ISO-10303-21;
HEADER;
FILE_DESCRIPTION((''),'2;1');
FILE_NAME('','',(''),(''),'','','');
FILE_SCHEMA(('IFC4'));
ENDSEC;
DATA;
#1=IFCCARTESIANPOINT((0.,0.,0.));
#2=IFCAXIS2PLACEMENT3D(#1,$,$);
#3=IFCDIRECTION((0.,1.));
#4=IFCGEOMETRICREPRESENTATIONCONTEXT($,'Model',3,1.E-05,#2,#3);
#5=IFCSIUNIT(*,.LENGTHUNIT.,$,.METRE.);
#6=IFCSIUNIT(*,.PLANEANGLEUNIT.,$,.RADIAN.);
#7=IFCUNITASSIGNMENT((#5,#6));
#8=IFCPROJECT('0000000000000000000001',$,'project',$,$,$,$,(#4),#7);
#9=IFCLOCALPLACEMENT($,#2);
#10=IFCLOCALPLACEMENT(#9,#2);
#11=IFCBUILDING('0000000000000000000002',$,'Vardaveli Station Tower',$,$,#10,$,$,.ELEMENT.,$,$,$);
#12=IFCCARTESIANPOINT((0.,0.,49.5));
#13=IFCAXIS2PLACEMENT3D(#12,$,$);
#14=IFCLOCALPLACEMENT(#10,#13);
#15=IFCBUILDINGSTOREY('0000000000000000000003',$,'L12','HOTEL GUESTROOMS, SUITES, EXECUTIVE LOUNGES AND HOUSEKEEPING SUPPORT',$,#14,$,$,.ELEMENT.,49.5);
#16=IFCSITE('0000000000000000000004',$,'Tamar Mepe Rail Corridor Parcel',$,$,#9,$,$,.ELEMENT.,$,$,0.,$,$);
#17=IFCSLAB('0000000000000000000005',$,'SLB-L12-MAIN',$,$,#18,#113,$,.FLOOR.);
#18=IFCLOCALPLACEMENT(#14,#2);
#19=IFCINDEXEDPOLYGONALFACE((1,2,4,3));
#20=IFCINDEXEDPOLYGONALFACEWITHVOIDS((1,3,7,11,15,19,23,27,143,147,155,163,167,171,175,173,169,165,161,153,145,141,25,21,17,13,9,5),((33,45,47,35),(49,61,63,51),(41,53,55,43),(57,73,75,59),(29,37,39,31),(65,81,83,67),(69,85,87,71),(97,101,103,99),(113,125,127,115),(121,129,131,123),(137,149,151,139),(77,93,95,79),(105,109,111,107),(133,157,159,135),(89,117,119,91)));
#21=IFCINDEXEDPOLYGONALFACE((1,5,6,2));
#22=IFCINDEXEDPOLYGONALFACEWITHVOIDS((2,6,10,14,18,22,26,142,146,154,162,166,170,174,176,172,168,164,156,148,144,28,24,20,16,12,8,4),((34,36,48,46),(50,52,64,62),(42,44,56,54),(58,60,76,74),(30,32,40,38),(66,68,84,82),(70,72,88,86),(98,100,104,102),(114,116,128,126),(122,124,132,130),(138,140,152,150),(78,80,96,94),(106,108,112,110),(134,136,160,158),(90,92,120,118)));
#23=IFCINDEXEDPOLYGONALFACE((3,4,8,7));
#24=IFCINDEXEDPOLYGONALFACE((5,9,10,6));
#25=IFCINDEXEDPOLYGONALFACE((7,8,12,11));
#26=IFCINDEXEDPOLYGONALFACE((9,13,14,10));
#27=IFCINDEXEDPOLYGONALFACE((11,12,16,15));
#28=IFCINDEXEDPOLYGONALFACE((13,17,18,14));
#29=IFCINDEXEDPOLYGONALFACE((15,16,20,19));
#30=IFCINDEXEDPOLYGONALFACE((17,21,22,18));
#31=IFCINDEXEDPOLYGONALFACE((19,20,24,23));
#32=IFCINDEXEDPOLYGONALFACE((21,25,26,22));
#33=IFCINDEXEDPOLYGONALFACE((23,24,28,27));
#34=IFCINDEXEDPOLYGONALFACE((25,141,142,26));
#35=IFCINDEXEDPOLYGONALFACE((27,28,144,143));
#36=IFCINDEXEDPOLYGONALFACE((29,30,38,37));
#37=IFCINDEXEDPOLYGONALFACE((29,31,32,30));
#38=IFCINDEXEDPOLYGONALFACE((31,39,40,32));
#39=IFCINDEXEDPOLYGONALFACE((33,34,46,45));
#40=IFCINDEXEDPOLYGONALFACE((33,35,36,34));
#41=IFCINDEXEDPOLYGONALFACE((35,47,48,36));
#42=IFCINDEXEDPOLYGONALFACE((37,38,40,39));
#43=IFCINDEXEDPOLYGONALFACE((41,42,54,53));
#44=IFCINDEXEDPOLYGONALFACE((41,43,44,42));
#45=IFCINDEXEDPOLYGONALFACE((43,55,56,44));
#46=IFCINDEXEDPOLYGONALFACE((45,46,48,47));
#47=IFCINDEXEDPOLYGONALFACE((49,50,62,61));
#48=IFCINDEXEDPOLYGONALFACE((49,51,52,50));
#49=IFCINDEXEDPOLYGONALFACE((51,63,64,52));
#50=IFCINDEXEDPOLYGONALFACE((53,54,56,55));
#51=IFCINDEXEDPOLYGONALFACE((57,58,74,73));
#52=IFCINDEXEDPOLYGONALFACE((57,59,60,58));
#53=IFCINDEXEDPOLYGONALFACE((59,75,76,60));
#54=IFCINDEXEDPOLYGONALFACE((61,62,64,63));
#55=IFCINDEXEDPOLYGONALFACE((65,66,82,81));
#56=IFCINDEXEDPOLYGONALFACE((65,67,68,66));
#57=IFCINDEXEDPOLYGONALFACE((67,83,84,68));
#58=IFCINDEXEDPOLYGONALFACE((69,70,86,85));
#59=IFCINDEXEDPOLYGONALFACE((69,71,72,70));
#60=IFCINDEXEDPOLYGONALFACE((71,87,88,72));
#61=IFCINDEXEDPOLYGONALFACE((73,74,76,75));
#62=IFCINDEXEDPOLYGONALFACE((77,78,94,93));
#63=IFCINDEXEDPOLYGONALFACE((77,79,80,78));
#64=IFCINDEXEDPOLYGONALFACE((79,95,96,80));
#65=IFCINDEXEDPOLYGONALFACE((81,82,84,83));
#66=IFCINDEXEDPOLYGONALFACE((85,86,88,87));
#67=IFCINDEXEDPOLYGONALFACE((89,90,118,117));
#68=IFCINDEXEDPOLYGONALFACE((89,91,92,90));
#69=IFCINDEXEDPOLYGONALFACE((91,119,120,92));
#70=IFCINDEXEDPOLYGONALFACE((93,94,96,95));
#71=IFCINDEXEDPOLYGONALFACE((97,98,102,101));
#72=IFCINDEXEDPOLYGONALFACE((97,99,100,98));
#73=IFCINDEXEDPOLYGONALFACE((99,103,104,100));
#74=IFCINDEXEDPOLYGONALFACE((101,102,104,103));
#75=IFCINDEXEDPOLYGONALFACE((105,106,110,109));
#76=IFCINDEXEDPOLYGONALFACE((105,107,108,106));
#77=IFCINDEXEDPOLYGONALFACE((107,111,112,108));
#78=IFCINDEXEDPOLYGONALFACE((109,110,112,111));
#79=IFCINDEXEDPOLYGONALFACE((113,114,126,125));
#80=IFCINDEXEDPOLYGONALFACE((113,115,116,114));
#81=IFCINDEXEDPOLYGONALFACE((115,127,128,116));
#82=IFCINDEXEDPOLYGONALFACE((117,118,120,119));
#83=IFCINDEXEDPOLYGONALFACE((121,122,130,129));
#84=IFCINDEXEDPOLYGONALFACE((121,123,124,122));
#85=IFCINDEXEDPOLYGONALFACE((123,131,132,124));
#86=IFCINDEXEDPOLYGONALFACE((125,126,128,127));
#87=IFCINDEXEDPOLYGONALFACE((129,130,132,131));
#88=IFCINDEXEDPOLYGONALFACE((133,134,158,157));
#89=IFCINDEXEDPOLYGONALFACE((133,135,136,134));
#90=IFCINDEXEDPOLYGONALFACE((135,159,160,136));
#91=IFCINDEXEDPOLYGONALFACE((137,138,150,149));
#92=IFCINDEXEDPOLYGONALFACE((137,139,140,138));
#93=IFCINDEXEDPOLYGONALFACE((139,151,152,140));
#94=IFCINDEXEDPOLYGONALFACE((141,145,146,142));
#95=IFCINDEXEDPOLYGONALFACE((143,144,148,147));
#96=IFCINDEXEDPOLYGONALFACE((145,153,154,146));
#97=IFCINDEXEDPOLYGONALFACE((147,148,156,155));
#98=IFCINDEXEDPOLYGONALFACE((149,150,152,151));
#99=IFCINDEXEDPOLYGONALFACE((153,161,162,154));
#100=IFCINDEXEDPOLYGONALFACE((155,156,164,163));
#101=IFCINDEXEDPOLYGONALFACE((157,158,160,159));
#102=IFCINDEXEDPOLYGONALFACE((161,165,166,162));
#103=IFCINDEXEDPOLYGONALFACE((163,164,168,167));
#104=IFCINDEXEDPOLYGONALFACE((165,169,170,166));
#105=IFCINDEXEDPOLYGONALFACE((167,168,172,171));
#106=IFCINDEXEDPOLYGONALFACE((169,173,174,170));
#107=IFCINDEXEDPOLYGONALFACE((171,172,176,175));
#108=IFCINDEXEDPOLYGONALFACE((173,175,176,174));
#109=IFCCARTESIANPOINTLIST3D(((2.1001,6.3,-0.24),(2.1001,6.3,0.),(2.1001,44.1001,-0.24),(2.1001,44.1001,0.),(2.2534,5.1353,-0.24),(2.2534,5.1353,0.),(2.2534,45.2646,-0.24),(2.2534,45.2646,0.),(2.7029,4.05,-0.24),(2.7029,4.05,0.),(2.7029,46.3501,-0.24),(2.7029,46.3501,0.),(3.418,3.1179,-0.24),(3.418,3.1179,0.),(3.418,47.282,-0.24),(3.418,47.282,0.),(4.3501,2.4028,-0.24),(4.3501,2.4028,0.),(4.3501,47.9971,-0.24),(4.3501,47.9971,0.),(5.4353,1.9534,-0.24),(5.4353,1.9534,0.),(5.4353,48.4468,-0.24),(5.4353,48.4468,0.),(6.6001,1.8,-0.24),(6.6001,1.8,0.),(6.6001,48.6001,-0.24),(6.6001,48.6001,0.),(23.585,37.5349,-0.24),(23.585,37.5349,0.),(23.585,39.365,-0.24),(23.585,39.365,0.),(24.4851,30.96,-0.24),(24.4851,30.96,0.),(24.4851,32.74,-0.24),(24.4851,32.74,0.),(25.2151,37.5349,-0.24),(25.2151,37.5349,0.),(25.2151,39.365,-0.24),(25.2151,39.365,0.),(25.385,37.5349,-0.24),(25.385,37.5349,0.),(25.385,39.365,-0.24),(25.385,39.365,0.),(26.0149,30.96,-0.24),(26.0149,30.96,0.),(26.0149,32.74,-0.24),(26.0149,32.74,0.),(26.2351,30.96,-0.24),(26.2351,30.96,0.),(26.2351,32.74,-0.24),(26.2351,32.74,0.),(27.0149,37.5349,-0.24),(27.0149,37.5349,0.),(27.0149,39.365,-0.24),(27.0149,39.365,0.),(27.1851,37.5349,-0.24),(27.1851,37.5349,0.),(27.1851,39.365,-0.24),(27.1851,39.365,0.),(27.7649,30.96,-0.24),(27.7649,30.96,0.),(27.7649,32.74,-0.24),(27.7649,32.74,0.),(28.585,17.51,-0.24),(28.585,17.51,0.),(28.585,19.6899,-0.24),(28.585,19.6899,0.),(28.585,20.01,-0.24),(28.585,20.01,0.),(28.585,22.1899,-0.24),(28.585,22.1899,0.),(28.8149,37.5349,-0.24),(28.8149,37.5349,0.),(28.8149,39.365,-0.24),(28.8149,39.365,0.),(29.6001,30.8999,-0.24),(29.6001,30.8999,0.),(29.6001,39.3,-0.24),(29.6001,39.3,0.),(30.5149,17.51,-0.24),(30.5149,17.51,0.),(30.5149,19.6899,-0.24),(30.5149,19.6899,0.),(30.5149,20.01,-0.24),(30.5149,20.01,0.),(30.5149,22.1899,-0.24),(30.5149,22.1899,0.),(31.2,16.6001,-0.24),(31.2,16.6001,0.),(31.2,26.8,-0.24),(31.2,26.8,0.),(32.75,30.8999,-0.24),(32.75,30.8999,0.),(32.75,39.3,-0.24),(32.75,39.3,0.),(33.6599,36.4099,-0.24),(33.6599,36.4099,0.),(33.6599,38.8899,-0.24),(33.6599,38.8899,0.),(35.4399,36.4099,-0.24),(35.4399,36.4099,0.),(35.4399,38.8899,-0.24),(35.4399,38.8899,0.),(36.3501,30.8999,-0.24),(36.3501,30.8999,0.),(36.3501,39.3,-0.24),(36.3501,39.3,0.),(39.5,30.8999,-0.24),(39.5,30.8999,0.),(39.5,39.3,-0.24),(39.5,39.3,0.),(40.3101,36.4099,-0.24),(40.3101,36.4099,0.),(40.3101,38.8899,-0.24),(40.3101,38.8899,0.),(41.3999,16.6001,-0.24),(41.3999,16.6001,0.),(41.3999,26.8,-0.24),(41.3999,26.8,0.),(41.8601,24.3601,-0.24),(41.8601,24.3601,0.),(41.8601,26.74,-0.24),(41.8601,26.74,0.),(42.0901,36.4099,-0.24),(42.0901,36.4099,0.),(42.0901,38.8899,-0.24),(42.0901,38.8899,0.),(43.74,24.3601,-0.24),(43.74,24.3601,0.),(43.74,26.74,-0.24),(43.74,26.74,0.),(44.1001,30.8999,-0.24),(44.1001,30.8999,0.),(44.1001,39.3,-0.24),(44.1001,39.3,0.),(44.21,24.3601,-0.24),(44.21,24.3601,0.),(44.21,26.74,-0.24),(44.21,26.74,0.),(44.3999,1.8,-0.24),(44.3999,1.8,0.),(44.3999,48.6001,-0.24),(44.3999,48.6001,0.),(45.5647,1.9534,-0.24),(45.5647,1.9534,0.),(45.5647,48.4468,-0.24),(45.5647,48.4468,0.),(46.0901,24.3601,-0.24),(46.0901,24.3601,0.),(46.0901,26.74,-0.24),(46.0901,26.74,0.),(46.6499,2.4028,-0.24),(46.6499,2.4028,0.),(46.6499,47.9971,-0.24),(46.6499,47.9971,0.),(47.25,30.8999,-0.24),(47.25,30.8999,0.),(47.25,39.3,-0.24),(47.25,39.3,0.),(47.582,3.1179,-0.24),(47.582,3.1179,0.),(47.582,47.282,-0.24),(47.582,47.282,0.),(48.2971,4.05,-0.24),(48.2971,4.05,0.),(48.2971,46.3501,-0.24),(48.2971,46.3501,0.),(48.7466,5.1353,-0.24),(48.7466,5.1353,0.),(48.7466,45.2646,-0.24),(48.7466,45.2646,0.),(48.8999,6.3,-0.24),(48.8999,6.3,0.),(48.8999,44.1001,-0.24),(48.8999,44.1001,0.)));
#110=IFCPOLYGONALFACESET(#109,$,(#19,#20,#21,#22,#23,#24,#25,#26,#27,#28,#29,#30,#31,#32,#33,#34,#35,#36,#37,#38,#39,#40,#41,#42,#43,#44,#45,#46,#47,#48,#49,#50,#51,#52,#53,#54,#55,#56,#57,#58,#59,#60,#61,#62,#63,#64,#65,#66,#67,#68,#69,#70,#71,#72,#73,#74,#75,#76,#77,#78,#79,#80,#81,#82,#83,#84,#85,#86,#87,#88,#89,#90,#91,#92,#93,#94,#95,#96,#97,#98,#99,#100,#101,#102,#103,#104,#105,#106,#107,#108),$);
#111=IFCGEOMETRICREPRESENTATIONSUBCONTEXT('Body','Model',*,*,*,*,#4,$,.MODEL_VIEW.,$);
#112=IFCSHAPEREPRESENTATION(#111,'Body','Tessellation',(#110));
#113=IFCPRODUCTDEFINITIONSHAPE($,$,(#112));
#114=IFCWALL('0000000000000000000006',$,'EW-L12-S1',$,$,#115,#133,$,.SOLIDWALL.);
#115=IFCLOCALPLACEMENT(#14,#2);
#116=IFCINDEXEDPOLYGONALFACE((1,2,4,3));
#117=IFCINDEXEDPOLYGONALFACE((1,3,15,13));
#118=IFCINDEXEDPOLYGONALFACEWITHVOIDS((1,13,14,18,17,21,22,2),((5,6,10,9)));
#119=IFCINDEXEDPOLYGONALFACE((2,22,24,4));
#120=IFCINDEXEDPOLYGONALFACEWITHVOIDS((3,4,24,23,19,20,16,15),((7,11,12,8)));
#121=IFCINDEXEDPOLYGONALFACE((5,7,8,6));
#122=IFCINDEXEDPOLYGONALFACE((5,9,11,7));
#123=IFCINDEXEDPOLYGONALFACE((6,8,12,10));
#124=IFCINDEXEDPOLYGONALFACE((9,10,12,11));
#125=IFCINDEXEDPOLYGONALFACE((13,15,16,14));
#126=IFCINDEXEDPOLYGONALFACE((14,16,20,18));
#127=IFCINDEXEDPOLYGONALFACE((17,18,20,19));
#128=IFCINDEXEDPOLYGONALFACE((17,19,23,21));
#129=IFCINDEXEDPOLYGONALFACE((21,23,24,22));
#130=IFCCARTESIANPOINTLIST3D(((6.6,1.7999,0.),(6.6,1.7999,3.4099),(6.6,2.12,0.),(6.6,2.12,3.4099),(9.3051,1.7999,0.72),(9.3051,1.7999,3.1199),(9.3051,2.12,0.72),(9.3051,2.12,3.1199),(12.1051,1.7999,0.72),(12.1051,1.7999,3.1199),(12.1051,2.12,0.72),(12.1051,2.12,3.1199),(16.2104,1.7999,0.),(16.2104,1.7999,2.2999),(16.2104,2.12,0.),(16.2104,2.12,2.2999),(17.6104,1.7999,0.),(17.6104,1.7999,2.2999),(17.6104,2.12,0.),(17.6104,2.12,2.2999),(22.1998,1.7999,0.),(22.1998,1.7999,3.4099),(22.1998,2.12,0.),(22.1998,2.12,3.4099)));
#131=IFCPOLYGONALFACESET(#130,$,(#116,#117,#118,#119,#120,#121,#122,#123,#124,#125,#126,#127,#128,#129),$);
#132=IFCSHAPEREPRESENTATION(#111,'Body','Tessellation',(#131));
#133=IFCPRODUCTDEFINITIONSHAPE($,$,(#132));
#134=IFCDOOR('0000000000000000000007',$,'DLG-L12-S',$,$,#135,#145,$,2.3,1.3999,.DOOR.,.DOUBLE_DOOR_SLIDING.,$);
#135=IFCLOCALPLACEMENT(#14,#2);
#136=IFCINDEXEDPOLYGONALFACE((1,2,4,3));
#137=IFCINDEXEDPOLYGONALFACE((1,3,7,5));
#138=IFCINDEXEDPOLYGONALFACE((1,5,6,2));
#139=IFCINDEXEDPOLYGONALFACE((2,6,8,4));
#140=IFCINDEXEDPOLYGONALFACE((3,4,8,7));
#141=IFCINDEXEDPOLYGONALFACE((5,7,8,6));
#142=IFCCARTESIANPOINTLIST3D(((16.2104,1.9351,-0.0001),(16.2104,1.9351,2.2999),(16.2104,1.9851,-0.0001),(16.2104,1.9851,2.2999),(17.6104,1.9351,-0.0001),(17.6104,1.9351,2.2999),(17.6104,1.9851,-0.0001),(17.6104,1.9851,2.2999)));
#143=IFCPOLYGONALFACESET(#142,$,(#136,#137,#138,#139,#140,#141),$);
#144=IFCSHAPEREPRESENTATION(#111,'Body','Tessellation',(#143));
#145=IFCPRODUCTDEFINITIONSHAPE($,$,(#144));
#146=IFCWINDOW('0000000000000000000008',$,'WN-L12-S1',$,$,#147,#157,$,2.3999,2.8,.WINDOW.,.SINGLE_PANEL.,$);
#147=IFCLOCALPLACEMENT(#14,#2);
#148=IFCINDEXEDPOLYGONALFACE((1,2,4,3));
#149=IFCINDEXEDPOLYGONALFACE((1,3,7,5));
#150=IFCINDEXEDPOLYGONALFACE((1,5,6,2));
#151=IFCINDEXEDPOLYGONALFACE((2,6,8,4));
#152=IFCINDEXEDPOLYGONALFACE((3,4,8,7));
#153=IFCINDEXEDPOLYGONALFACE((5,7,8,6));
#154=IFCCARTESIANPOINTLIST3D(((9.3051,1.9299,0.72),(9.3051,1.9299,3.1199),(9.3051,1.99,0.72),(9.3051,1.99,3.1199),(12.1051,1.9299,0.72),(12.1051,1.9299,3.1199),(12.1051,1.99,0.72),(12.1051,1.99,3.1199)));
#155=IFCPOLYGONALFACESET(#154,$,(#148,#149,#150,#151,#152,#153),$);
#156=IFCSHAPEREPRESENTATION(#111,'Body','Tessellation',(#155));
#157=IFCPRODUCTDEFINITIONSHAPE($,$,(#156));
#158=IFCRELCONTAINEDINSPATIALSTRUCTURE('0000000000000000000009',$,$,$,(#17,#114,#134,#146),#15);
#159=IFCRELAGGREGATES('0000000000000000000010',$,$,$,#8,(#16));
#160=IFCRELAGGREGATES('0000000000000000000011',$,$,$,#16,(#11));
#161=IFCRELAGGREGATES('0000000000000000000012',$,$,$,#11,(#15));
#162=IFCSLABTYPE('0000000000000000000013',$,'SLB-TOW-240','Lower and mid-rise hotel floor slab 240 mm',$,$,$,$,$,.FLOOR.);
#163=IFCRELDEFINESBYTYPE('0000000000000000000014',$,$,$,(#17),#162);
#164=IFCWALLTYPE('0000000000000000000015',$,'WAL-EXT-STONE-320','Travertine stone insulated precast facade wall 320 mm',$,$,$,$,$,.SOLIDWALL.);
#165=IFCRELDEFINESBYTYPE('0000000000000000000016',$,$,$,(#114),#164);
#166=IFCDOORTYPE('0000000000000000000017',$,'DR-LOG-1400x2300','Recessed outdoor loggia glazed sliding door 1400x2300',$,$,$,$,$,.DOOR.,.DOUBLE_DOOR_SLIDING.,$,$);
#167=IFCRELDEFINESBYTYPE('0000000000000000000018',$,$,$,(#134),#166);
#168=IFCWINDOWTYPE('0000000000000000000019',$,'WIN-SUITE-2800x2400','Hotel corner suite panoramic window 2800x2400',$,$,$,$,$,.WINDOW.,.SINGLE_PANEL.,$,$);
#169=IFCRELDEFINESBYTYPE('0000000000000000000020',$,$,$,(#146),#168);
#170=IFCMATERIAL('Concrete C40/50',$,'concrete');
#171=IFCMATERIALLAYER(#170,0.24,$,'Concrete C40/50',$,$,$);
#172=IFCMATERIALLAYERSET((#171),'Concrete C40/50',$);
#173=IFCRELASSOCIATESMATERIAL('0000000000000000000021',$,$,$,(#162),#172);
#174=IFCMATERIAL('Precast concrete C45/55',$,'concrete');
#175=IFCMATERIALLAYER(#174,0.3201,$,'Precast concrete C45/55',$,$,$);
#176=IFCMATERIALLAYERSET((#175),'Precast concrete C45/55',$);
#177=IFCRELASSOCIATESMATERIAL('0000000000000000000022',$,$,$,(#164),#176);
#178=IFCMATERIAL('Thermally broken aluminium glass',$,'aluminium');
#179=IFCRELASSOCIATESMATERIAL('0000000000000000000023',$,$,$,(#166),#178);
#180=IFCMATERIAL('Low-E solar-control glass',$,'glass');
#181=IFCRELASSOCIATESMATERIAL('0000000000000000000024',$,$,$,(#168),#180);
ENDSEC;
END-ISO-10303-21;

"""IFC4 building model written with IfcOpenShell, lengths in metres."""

from ifc_helpers import new_model, si_unit, direction, frame, frame_2d, origin, place, context, subcontext, project, spatial, polyline, rectangle, outline, extrude, source, transform, mapped, material, layer, layer_set, type_object, element, fill, save


model = new_model("IFC4")

# Units and contexts
model_context = context("Model", 3, precision=1e-05, world=origin(), true_north=direction((0.0, 1.0)))
body_context = subcontext(model_context, "Body", "Model", "MODEL_VIEW")
ifc_project = project(units=[si_unit("LENGTHUNIT", "METRE"), si_unit("PLANEANGLEUNIT", "RADIAN")], contexts=[model_context])

# Site, building, storey
site_placement = place(None, origin())
site = spatial("IfcSite", under=ifc_project, at=site_placement, Name="Tamar Mepe Rail Corridor Parcel", CompositionType="ELEMENT", RefElevation=0.0)
building_placement = place(site_placement, origin())
building = spatial("IfcBuilding", under=site, at=building_placement, Name="Vardaveli Station Tower", CompositionType="ELEMENT")
storey_placement = place(building_placement, frame((0.0, 0.0, 49.5)))
storey = spatial("IfcBuildingStorey", under=building, at=storey_placement, Name="L12", Description="HOTEL GUESTROOMS, SUITES, EXECUTIVE LOUNGES AND HOUSEKEEPING SUPPORT", CompositionType="ELEMENT", Elevation=49.5)

# Shared definitions
ifc_material_1 = material(Name="Concrete C40/50", Category="concrete")

# Slab
ifc_material_2 = material(Name="Precast concrete C45/55", Category="concrete")
ifc_layer_1 = layer(ifc_material_1, 0.24, Name="Concrete C40/50")
ifc_layer_set_1 = layer_set([ifc_layer_1], Name="Concrete C40/50")
slab_type_1 = type_object("IfcSlabType", Name="SLB-TOW-240", Description="Lower and mid-rise hotel floor slab 240 mm", PredefinedType="FLOOR", material=ifc_layer_set_1)
slab_1_placement = place(storey_placement, frame((0.0, 0.0, -0.24)))
element("IfcSlab", 1, at=slab_1_placement, inside=storey, type_object=slab_type_1, Name="SLB-L12-MAIN", PredefinedType="FLOOR", context=body_context, shape_type="SweptSolid", body=[
    extrude(outline(polyline([(2.1001, 6.3), (2.2534, 5.1353), (2.7029, 4.05), (3.418, 3.1179), (4.3501, 2.4028), (5.4353, 1.9534), (6.6001, 1.8), (44.3999, 1.8), (45.5647, 1.9534), (46.6499, 2.4028), (47.582, 3.1179), (48.2971, 4.05), (48.7466, 5.1353), (48.8999, 6.3), (48.8999, 44.1001), (48.7466, 45.2646), (48.2971, 46.3501), (47.582, 47.282), (46.6499, 47.9971), (45.5647, 48.4468), (44.3999, 48.6001), (6.6001, 48.6001), (5.4353, 48.4468), (4.3501, 47.9971), (3.418, 47.282), (2.7029, 46.3501), (2.2534, 45.2646), (2.1001, 44.1001), (2.1001, 6.3)]), holes=[polyline([(31.2, 16.6001), (41.3999, 16.6001), (41.3999, 26.8), (31.2, 26.8), (31.2, 16.6001)]), polyline([(32.75, 30.8999), (32.75, 39.3), (29.6001, 39.3), (29.6001, 30.8999), (32.75, 30.8999)]), polyline([(39.5, 30.8999), (39.5, 39.3), (36.3501, 39.3), (36.3501, 30.8999), (39.5, 30.8999)]), polyline([(47.25, 30.8999), (47.25, 39.3), (44.1001, 39.3), (44.1001, 30.8999), (47.25, 30.8999)]), polyline([(23.585, 37.5349), (25.2151, 37.5349), (25.2151, 39.365), (23.585, 39.365), (23.585, 37.5349)]), polyline([(25.385, 37.5349), (27.0149, 37.5349), (27.0149, 39.365), (25.385, 39.365), (25.385, 37.5349)]), polyline([(27.1851, 37.5349), (28.8149, 37.5349), (28.8149, 39.365), (27.1851, 39.365), (27.1851, 37.5349)]), polyline([(33.6599, 36.4099), (35.4399, 36.4099), (35.4399, 38.8899), (33.6599, 38.8899), (33.6599, 36.4099)]), polyline([(40.3101, 36.4099), (42.0901, 36.4099), (42.0901, 38.8899), (40.3101, 38.8899), (40.3101, 36.4099)]), polyline([(24.4851, 30.96), (26.0149, 30.96), (26.0149, 32.74), (24.4851, 32.74), (24.4851, 30.96)]), polyline([(26.2351, 30.96), (27.7649, 30.96), (27.7649, 32.74), (26.2351, 32.74), (26.2351, 30.96)]), polyline([(28.585, 17.51), (30.5149, 17.51), (30.5149, 19.6899), (28.585, 19.6899), (28.585, 17.51)]), polyline([(28.585, 20.01), (30.5149, 20.01), (30.5149, 22.1899), (28.585, 22.1899), (28.585, 20.01)]), polyline([(41.8601, 24.3601), (43.74, 24.3601), (43.74, 26.74), (41.8601, 26.74), (41.8601, 24.3601)]), polyline([(44.21, 24.3601), (46.0901, 24.3601), (46.0901, 26.74), (44.21, 26.74), (44.21, 24.3601)])]), origin(), (0.0, 0.0, 1.0), 0.24),
])

# Wall, openings, door, window
ifc_layer_2 = layer(ifc_material_2, 0.3201, Name="Precast concrete C45/55")
ifc_layer_set_2 = layer_set([ifc_layer_2], Name="Precast concrete C45/55")
wall_type = type_object("IfcWallType", Name="WAL-EXT-STONE-320", Description="Travertine stone insulated precast facade wall 320 mm", PredefinedType="SOLIDWALL", material=ifc_layer_set_2)
shared_shape_1 = source(origin(), body_context, "Body", "SweptSolid", [
    extrude(rectangle(XDim=15.5999, YDim=0.3201, at=frame_2d((7.7998, 0.0))), origin(), (0.0, 0.0, 1.0), 3.4099),
])
wall_1_placement = place(storey_placement, frame((6.6001, 1.96, 0.0), z_axis=(0.0, 0.0, 1.0), x_axis=(1.0, 0.0, 0.0)))
wall_1 = element("IfcWall", 2, at=wall_1_placement, inside=storey, type_object=wall_type, Name="EW-L12-S1", PredefinedType="SOLIDWALL", context=body_context, shape_type="MappedRepresentation", body=[
    mapped(shared_shape_1, transform((0.0, 0.0, 0.0), scale=1.0)),
])
shared_shape_2 = source(origin(), body_context, "Body", "SweptSolid", [
    extrude(rectangle(XDim=1.3999, YDim=2.3, at=frame_2d((0.7, 1.1499))), frame((0.0, 0.1699, 0.0), z_axis=(0.0, -1.0, 0.0), x_axis=(1.0, 0.0, 0.0)), (0.0, 0.0, 1.0), 0.3401),
])
opening_1_placement = place(wall_1_placement, frame((9.6104, 0.0, 0.0)))
opening_1 = element("IfcOpeningElement", 3, at=opening_1_placement, cuts=wall_1, PredefinedType="OPENING", context=body_context, shape_type="MappedRepresentation", body=[
    mapped(shared_shape_2, transform((0.0, 0.0, 0.0), scale=1.0)),
])
shared_shape_3 = source(origin(), body_context, "Body", "SweptSolid", [
    extrude(rectangle(XDim=2.8, YDim=2.3999, at=frame_2d((1.3999, 1.2))), frame((0.0, 0.1699, 0.0), z_axis=(0.0, -1.0, 0.0), x_axis=(1.0, 0.0, 0.0)), (0.0, 0.0, 1.0), 0.3401),
])
opening_2_placement = place(wall_1_placement, frame((2.7051, 0.0, 0.72)))
opening_2 = element("IfcOpeningElement", 4, at=opening_2_placement, cuts=wall_1, PredefinedType="OPENING", context=body_context, shape_type="MappedRepresentation", body=[
    mapped(shared_shape_3, transform((0.0, 0.0, 0.0), scale=1.0)),
])
ifc_material_3 = material(Name="Thermally broken aluminium glass", Category="aluminium")
door_type = type_object("IfcDoorType", Name="DR-LOG-1400x2300", Description="Recessed outdoor loggia glazed sliding door 1400x2300", OperationType="DOUBLE_DOOR_SLIDING", PredefinedType="DOOR", material=ifc_material_3)
shared_shape_4 = source(origin(), body_context, "Body", "SweptSolid", [
    extrude(rectangle(XDim=1.3999, YDim=2.3, at=frame_2d((0.7, 1.1499))), frame((0.0, 0.0249, 0.0), z_axis=(0.0, -1.0, 0.0), x_axis=(1.0, 0.0, 0.0)), (0.0, 0.0, 1.0), 0.05),
])
door_placement = place(opening_1_placement, frame((1.3999, 0.0, 0.0), z_axis=(0.0, 0.0, 1.0), x_axis=(-1.0, 0.0, 0.0)))
door = element("IfcDoor", 5, at=door_placement, inside=storey, type_object=door_type, Name="DLG-L12-S", OperationType="DOUBLE_DOOR_SLIDING", OverallHeight=2.3, OverallWidth=1.3999, PredefinedType="DOOR", context=body_context, shape_type="MappedRepresentation", body=[
    mapped(shared_shape_4, transform((0.0, 0.0, 0.0), scale=1.0)),
])
fill(opening_1, door)
ifc_material_4 = material(Name="Low-E solar-control glass", Category="glass")
window_type = type_object("IfcWindowType", Name="WIN-SUITE-2800x2400", Description="Hotel corner suite panoramic window 2800x2400", PartitioningType="SINGLE_PANEL", PredefinedType="WINDOW", material=ifc_material_4)
shared_shape_5 = source(origin(), body_context, "Body", "SweptSolid", [
    extrude(rectangle(XDim=2.8, YDim=2.3999, at=frame_2d((1.3999, 1.2))), frame((0.0, 0.03, 0.0), z_axis=(0.0, -1.0, 0.0), x_axis=(1.0, 0.0, 0.0)), (0.0, 0.0, 1.0), 0.0601),
])
window_placement = place(opening_2_placement, origin())
window = element("IfcWindow", 6, at=window_placement, inside=storey, type_object=window_type, Name="WN-L12-S1", OverallHeight=2.3999, OverallWidth=2.8, PartitioningType="SINGLE_PANEL", PredefinedType="WINDOW", context=body_context, shape_type="MappedRepresentation", body=[
    mapped(shared_shape_5, transform((0.0, 0.0, 0.0), scale=1.0)),
])
fill(opening_2, window)

save(model, "model.ifc")
